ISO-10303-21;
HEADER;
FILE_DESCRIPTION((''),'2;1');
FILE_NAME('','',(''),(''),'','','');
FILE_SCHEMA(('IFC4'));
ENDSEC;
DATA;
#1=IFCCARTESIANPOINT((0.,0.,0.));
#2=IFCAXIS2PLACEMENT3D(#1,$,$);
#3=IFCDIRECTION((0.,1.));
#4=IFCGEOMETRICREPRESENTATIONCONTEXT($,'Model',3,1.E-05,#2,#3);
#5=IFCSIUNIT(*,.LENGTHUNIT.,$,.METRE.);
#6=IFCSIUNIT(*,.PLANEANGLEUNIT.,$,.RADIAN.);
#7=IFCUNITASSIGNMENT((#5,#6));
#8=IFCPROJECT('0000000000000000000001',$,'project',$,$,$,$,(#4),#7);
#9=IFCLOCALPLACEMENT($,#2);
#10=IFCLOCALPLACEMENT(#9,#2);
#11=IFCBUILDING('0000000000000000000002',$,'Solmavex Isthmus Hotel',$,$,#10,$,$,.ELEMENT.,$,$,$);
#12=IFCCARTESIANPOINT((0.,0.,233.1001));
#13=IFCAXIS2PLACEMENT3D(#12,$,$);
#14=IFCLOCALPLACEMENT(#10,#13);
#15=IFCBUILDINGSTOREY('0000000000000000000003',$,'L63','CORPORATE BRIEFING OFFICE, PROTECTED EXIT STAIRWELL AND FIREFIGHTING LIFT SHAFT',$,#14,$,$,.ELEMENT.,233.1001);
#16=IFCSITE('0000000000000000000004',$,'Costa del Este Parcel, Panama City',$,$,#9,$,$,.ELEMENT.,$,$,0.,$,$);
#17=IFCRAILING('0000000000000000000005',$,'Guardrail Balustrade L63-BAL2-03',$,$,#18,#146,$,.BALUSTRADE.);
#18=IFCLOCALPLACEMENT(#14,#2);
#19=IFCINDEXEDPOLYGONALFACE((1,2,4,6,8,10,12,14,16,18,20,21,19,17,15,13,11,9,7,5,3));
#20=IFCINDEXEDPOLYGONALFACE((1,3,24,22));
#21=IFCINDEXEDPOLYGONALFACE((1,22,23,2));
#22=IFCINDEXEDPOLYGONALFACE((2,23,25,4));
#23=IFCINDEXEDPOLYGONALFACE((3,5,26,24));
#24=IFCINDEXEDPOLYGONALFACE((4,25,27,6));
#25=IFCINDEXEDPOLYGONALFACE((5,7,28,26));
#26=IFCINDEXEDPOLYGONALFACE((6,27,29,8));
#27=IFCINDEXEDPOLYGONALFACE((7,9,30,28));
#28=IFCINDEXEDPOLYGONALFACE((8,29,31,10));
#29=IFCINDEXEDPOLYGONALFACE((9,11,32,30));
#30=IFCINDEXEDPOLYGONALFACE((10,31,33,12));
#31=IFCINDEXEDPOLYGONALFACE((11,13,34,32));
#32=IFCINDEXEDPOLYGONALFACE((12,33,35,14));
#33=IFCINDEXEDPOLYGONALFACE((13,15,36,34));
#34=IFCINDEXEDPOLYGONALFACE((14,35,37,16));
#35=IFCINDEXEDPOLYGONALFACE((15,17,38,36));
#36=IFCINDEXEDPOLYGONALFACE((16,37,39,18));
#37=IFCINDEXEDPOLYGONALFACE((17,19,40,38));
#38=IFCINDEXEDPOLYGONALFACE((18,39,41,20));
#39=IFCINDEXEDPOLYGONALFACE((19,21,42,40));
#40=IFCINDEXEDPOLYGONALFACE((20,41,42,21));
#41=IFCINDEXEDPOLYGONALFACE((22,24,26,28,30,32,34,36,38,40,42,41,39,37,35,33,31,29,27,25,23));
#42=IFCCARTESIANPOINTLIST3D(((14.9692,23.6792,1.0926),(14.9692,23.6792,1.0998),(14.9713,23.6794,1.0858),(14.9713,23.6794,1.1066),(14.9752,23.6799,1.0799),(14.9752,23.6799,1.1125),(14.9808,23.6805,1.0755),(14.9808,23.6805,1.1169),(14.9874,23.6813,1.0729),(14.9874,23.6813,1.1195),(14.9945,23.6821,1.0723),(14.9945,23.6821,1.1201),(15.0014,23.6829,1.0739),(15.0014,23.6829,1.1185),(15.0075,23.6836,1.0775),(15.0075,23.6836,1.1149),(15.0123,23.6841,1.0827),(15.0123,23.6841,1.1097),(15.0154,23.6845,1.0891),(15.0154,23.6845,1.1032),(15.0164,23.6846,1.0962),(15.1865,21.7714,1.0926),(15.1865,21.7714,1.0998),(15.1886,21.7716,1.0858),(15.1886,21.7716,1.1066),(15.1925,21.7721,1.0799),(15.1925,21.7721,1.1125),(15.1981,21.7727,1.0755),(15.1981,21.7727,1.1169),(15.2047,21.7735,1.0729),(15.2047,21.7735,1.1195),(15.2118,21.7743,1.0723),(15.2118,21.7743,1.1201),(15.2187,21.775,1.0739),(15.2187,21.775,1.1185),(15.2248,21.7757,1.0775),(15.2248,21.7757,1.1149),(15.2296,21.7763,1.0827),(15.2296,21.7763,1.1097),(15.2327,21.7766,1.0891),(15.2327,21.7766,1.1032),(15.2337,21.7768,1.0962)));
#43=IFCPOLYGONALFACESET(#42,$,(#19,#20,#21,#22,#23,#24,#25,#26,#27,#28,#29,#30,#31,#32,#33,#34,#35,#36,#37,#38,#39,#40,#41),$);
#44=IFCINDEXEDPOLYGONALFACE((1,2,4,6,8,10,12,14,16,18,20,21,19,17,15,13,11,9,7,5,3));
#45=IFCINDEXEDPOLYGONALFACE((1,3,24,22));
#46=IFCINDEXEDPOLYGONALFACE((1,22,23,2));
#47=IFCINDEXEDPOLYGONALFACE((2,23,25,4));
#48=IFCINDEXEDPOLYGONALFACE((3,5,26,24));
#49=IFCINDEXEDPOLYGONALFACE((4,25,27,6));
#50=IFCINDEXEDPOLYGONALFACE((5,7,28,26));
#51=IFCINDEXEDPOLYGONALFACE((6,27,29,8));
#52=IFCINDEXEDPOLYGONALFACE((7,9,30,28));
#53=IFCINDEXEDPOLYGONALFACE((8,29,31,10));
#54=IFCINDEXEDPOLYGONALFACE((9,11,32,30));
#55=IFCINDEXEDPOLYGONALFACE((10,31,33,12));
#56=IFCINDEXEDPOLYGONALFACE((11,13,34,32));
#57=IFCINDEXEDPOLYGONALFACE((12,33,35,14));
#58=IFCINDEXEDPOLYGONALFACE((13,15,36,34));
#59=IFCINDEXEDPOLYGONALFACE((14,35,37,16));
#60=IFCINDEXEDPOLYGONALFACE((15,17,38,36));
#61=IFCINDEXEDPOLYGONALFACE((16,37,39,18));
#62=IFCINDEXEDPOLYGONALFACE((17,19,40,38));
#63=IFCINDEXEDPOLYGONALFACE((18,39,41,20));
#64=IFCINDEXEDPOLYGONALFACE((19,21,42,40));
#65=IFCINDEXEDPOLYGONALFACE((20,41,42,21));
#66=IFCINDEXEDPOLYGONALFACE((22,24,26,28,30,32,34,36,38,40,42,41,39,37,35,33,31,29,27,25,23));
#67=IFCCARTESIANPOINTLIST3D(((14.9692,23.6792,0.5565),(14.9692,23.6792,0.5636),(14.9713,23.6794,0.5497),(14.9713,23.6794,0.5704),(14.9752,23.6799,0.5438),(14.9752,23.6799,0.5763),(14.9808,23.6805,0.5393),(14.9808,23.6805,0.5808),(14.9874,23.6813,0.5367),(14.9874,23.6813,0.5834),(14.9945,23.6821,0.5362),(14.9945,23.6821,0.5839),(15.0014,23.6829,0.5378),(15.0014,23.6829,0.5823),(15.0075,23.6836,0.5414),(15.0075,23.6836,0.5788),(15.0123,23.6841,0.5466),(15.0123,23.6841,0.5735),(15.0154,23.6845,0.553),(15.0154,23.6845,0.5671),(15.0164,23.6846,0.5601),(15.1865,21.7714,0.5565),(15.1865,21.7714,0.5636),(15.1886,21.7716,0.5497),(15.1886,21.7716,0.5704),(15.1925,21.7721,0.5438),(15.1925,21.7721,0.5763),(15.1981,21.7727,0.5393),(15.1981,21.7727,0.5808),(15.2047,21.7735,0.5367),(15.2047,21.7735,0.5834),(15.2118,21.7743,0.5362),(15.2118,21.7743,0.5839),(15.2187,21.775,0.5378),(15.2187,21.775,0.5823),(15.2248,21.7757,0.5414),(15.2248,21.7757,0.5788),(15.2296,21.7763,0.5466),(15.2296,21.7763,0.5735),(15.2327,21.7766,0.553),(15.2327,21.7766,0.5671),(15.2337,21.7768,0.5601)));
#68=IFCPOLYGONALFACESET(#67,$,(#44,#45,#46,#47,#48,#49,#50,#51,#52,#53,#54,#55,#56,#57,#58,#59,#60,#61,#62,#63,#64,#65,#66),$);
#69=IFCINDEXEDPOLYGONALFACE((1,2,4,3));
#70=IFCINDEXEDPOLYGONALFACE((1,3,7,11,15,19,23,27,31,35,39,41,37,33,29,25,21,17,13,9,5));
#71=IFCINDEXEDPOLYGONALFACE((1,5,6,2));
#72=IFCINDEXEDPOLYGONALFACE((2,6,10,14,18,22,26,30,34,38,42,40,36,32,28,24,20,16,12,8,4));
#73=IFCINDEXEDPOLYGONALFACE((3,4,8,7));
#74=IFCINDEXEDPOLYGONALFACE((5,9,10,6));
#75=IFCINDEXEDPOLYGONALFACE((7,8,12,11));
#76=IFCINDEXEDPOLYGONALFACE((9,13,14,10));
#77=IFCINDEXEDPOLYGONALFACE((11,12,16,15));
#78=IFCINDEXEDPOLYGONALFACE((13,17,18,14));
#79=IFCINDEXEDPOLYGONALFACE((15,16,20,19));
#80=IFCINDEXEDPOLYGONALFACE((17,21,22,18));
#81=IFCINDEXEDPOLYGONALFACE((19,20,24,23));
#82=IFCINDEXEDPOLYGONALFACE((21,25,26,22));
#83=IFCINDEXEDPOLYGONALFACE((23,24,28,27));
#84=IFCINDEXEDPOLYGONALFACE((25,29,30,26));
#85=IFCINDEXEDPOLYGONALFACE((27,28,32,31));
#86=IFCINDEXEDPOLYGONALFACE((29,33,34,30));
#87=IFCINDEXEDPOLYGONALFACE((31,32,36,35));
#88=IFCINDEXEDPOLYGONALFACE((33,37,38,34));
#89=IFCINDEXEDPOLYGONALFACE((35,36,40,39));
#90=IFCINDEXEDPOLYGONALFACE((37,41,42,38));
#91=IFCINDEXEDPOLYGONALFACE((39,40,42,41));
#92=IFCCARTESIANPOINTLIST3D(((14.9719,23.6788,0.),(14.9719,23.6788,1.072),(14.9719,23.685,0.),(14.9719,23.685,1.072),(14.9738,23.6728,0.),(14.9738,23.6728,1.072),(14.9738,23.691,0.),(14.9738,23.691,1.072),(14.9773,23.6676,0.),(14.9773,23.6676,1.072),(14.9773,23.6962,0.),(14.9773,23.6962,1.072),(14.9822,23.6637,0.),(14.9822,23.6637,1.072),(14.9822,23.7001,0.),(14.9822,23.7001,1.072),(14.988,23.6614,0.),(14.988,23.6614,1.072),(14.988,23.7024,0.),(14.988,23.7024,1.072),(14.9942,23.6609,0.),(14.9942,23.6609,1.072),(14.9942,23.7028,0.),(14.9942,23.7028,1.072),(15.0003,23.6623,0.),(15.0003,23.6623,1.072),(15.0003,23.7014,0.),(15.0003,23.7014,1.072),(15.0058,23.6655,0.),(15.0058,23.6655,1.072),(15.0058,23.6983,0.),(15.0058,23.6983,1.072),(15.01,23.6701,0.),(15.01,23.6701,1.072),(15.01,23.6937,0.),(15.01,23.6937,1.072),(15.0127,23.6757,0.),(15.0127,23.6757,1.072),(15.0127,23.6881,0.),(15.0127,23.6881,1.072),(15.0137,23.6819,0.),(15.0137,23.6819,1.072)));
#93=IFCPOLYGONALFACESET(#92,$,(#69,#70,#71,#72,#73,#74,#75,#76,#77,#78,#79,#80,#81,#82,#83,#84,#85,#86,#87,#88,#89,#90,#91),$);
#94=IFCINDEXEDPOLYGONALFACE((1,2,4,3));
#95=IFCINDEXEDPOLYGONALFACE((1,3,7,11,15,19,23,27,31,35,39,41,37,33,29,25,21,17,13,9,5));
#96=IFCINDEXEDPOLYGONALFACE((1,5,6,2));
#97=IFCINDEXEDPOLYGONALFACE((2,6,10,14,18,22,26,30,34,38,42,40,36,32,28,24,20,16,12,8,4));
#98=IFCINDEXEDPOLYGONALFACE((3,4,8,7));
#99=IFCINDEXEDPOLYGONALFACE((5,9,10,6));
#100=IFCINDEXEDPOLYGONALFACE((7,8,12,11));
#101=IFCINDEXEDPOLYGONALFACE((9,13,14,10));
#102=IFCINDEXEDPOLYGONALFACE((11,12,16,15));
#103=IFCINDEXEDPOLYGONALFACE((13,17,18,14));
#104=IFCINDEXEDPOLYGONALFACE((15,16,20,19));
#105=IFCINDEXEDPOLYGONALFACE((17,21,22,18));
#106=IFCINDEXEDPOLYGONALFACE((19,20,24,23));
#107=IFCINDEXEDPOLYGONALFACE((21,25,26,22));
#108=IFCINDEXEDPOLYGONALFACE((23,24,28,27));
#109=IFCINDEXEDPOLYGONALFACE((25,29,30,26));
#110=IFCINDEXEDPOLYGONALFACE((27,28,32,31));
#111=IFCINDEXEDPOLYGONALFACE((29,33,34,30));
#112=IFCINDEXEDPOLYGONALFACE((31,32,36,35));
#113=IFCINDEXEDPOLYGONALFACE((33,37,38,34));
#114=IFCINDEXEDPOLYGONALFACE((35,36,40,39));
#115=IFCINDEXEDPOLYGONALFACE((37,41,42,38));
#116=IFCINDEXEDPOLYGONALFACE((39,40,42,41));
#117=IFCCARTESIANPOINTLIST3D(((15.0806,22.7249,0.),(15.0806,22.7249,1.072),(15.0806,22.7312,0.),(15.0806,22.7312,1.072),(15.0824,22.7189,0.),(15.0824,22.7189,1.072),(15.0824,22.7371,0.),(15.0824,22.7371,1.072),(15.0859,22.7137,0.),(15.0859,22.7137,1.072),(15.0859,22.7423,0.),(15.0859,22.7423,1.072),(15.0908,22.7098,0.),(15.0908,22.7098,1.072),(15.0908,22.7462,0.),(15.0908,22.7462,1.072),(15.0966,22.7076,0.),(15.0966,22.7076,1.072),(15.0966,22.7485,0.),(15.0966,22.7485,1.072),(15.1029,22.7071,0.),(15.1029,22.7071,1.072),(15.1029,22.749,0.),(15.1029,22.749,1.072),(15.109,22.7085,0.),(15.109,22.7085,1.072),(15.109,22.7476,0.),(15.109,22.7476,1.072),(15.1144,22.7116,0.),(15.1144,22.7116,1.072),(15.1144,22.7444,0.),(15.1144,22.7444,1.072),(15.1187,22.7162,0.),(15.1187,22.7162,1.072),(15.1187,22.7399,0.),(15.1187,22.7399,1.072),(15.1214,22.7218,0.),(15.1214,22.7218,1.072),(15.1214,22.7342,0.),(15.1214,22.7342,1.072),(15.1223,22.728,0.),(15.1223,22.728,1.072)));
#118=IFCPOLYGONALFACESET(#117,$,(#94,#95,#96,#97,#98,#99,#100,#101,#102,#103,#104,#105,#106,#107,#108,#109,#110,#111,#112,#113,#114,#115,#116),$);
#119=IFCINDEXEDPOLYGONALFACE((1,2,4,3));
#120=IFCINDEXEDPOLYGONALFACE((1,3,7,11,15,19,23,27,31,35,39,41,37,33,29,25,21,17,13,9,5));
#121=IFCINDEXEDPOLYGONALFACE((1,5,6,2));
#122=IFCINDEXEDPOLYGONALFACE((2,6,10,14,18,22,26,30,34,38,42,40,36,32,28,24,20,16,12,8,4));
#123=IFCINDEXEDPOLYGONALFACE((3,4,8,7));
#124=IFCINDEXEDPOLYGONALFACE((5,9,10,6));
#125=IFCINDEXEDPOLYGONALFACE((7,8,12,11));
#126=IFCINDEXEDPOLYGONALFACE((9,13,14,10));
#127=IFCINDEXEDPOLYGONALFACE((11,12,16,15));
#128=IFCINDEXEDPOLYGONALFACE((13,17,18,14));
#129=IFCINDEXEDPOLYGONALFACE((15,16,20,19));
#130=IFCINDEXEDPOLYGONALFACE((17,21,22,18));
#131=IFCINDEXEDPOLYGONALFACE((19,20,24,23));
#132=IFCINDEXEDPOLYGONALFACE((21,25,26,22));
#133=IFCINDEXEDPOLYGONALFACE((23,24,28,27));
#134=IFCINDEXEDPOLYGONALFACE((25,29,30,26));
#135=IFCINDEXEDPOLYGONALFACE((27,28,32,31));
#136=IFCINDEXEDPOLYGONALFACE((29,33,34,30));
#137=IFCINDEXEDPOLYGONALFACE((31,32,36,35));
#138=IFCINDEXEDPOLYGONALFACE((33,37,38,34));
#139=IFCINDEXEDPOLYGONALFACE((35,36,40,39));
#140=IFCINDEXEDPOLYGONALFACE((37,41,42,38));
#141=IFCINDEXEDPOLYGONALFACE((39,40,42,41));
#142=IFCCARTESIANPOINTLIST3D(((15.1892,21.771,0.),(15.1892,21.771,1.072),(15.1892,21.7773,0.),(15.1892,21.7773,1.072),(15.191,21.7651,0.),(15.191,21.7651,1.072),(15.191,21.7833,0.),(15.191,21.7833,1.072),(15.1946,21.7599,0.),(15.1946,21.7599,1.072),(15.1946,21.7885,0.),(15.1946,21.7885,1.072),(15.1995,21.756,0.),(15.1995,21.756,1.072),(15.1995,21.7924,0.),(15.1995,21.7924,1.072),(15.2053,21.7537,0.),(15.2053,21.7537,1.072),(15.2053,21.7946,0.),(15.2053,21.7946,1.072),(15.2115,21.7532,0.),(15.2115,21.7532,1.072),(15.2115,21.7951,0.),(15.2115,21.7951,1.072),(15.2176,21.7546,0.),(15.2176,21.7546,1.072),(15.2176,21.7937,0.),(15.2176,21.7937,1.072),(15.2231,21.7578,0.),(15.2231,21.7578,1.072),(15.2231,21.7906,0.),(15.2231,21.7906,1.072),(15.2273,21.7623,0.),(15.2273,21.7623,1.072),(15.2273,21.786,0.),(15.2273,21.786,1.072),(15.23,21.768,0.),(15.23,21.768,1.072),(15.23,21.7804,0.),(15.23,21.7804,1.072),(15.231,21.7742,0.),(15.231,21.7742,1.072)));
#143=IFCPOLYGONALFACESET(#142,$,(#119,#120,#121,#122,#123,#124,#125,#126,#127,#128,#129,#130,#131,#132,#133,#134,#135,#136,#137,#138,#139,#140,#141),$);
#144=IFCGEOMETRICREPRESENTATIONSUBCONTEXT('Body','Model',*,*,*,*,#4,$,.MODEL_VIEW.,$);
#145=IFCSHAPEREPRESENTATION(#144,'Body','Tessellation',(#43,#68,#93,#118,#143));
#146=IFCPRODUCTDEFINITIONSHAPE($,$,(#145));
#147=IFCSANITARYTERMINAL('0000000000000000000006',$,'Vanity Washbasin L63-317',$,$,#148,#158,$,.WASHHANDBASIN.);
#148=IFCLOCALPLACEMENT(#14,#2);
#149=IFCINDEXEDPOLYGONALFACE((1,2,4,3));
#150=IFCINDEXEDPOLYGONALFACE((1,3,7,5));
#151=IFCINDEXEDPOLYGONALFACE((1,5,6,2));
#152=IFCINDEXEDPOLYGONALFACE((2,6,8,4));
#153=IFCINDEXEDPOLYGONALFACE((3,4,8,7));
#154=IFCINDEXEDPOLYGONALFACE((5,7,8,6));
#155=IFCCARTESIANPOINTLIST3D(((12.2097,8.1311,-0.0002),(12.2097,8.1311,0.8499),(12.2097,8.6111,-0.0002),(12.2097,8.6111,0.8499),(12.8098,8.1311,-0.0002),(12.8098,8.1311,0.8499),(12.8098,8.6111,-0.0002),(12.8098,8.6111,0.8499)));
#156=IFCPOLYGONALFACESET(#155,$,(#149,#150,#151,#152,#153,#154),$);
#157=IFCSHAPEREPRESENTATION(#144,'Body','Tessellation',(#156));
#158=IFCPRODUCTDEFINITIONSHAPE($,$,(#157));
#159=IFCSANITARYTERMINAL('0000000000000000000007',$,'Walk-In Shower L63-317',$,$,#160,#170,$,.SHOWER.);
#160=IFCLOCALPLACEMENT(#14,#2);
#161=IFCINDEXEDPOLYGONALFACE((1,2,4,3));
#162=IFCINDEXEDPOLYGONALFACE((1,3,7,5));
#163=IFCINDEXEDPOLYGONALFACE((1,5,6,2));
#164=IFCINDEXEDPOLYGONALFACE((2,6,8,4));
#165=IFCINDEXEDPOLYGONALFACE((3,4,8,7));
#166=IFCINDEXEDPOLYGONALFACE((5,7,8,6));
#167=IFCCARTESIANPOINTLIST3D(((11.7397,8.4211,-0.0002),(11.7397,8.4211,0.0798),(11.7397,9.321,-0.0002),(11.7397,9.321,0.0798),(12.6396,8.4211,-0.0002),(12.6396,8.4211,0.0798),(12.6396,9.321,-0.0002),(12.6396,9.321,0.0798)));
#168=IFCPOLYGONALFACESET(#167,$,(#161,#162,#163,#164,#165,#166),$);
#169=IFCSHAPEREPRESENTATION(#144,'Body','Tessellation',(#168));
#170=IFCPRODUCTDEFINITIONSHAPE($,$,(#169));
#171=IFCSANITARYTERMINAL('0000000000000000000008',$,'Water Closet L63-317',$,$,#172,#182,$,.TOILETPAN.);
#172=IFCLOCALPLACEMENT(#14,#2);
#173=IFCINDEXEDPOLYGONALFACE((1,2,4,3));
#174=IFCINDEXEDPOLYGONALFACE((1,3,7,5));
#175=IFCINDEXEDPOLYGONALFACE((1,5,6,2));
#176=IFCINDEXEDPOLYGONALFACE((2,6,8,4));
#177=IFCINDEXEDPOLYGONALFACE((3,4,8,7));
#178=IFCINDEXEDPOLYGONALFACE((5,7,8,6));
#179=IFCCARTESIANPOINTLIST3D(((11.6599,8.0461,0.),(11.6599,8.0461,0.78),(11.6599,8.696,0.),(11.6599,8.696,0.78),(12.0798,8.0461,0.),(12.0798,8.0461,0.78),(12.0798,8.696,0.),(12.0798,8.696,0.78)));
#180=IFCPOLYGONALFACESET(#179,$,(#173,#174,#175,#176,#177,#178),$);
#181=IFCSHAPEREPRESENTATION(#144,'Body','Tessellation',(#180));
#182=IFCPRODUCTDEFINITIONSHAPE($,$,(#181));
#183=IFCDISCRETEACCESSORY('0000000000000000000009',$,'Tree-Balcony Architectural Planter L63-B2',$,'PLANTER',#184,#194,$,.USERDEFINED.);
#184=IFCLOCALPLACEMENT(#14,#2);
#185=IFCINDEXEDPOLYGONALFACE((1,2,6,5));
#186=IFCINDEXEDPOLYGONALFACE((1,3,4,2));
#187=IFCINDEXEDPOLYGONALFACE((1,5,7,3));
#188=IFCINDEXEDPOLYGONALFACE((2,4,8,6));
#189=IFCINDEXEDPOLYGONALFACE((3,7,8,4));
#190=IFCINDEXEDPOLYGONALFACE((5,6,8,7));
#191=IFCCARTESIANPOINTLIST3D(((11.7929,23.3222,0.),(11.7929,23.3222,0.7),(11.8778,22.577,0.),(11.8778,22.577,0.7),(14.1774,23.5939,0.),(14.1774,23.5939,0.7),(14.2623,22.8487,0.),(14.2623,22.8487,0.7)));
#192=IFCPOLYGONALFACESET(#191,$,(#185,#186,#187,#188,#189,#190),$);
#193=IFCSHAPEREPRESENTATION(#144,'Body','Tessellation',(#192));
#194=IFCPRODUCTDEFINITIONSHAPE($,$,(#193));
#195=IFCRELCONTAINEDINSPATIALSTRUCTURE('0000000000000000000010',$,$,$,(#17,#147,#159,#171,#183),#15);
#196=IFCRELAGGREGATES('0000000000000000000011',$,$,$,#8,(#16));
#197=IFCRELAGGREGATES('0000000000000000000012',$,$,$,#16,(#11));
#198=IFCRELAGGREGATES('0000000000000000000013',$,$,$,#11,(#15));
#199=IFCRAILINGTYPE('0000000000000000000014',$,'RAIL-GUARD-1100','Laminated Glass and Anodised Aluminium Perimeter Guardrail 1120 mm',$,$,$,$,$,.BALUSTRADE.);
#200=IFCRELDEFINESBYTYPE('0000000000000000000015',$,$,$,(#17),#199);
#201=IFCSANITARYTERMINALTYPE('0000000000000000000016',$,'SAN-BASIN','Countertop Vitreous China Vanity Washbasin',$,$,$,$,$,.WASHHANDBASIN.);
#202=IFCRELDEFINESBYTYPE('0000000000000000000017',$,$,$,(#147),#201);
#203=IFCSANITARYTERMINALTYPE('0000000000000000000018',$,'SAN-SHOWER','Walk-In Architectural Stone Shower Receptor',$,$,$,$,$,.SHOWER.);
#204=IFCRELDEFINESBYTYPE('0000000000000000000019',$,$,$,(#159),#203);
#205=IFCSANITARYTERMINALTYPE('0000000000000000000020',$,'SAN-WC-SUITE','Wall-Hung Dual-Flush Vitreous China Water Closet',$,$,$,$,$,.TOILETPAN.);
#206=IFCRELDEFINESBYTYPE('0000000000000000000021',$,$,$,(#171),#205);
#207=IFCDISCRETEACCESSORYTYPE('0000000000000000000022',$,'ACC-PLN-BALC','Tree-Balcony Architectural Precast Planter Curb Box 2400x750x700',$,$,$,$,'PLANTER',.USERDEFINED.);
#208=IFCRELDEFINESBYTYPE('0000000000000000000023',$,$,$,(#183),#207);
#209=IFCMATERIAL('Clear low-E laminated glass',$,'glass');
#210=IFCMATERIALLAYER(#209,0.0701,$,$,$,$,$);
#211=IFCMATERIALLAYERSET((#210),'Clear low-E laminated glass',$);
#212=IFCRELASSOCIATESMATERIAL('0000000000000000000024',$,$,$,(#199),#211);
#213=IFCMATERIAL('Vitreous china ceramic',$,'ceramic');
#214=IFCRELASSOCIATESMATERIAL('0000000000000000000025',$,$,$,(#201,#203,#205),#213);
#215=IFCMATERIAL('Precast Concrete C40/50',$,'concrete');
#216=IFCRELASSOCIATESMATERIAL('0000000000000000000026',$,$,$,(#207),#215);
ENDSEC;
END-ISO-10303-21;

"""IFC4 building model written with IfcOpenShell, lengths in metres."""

from ifc_helpers import new_model, si_unit, direction, frame, origin, origin_2d, place, context, subcontext, project, spatial, rectangle, circle, extrude, material, layer, layer_set, type_object, element, save


model = new_model("IFC4")

# Units and contexts
model_context = context("Model", 3, precision=1e-05, world=origin(), true_north=direction((0.0, 1.0)))
body_context = subcontext(model_context, "Body", "Model", "MODEL_VIEW")
ifc_project = project(units=[si_unit("LENGTHUNIT", "METRE"), si_unit("PLANEANGLEUNIT", "RADIAN")], contexts=[model_context])

# Site, building, storey
site_placement = place(None, origin())
site = spatial("IfcSite", under=ifc_project, at=site_placement, Name="Costa del Este Parcel, Panama City", CompositionType="ELEMENT", RefElevation=0.0)
building_placement = place(site_placement, origin())
building = spatial("IfcBuilding", under=site, at=building_placement, Name="Solmavex Isthmus Hotel", CompositionType="ELEMENT")
storey_placement = place(building_placement, frame((0.0, 0.0, 233.1001)))
storey = spatial("IfcBuildingStorey", under=building, at=storey_placement, Name="L63", Description="CORPORATE BRIEFING OFFICE, PROTECTED EXIT STAIRWELL AND FIREFIGHTING LIFT SHAFT", CompositionType="ELEMENT", Elevation=233.1001)

# Shared definitions
ifc_material_1 = material(Name="Clear low-E laminated glass", Category="glass")

# Shared definitions
ifc_material_2 = material(Name="Precast Concrete C40/50", Category="concrete")

# Railing
ifc_layer_1 = layer(ifc_material_1, 0.0701)
ifc_layer_set_1 = layer_set([ifc_layer_1], Name="Clear low-E laminated glass")
railing_type = type_object("IfcRailingType", Name="RAIL-GUARD-1100", Description="Laminated Glass and Anodised Aluminium Perimeter Guardrail 1120 mm", PredefinedType="BALUSTRADE", material=ifc_layer_set_1)
railing_1_placement = place(storey_placement, frame((14.9927, 23.6819, 0.0)))
element("IfcRailing", 1, at=railing_1_placement, inside=storey, type_object=railing_type, Name="Guardrail Balustrade L63-BAL2-03", PredefinedType="BALUSTRADE", context=body_context, shape_type="SweptSolid", body=[
    extrude(circle(Radius=0.0239, at=origin_2d()), frame((0.0, 0.0, 1.0962), z_axis=(0.113166, -0.993576, 0.0), x_axis=(0.993576, 0.113166, 0.0)), (0.0, 0.0, 1.0), 1.9202),
    extrude(circle(Radius=0.0239, at=origin_2d()), frame((0.0, 0.0, 0.5601), z_axis=(0.113166, -0.993576, 0.0), x_axis=(0.993576, 0.113166, 0.0)), (0.0, 0.0, 1.0), 1.9202),
    extrude(circle(Radius=0.021, at=origin_2d()), origin(), (0.0, 0.0, 1.0), 1.072),
    extrude(circle(Radius=0.021, at=origin_2d()), frame((0.1086, -0.9539, 0.0)), (0.0, 0.0, 1.0), 1.072),
    extrude(circle(Radius=0.021, at=origin_2d()), frame((0.2173, -1.9077, 0.0)), (0.0, 0.0, 1.0), 1.072),
])

# Sanitary terminals
ifc_material_3 = material(Name="Vitreous china ceramic", Category="ceramic")
sanitary_terminal_type_1 = type_object("IfcSanitaryTerminalType", Name="SAN-BASIN", Description="Countertop Vitreous China Vanity Washbasin", PredefinedType="WASHHANDBASIN", material=ifc_material_3)
sanitary_terminal_1_placement = place(storey_placement, frame((12.5098, 8.3711, -0.0002), z_axis=(0.0, 0.0, 1.0), x_axis=(1.0, 0.0, 0.0)))
element("IfcSanitaryTerminal", 2, at=sanitary_terminal_1_placement, inside=storey, type_object=sanitary_terminal_type_1, Name="Vanity Washbasin L63-317", PredefinedType="WASHHANDBASIN", context=body_context, shape_type="SweptSolid", body=[
    extrude(rectangle(XDim=0.6001, YDim=0.48, at=origin_2d()), origin(), (0.0, 0.0, 1.0), 0.8501),
])
sanitary_terminal_type_2 = type_object("IfcSanitaryTerminalType", Name="SAN-SHOWER", Description="Walk-In Architectural Stone Shower Receptor", PredefinedType="SHOWER", material=ifc_material_3)
sanitary_terminal_2_placement = place(storey_placement, frame((12.1897, 8.8711, -0.0002), z_axis=(0.0, 0.0, 1.0), x_axis=(1.0, 0.0, 0.0)))
element("IfcSanitaryTerminal", 3, at=sanitary_terminal_2_placement, inside=storey, type_object=sanitary_terminal_type_2, Name="Walk-In Shower L63-317", PredefinedType="SHOWER", context=body_context, shape_type="SweptSolid", body=[
    extrude(rectangle(XDim=0.8999, YDim=0.8999, at=origin_2d()), origin(), (0.0, 0.0, 1.0), 0.0801),
])
sanitary_terminal_type_3 = type_object("IfcSanitaryTerminalType", Name="SAN-WC-SUITE", Description="Wall-Hung Dual-Flush Vitreous China Water Closet", PredefinedType="TOILETPAN", material=ifc_material_3)
sanitary_terminal_3_placement = place(storey_placement, frame((11.8699, 8.3711, 0.0), z_axis=(0.0, 0.0, 1.0), x_axis=(1.0, 0.0, 0.0)))
element("IfcSanitaryTerminal", 4, at=sanitary_terminal_3_placement, inside=storey, type_object=sanitary_terminal_type_3, Name="Water Closet L63-317", PredefinedType="TOILETPAN", context=body_context, shape_type="SweptSolid", body=[
    extrude(rectangle(XDim=0.4199, YDim=0.6499, at=origin_2d()), origin(), (0.0, 0.0, 1.0), 0.78),
])

# Discrete accessory
discrete_accessory_type = type_object("IfcDiscreteAccessoryType", Name="ACC-PLN-BALC", Description="Tree-Balcony Architectural Precast Planter Curb Box 2400x750x700", ElementType="PLANTER", PredefinedType="USERDEFINED", material=ifc_material_2)
discrete_accessory_placement = place(storey_placement, frame((13.0276, 23.0854, 0.0), z_axis=(0.0, 0.0, 1.0), x_axis=(0.993572, 0.113203, 0.0)))
element("IfcDiscreteAccessory", 5, at=discrete_accessory_placement, inside=storey, type_object=discrete_accessory_type, Name="Tree-Balcony Architectural Planter L63-B2", ObjectType="PLANTER", PredefinedType="USERDEFINED", context=body_context, shape_type="SweptSolid", body=[
    extrude(rectangle(XDim=2.3999, YDim=0.75, at=origin_2d()), origin(), (0.0, 0.0, 1.0), 0.7),
])

save(model, "model.ifc")
